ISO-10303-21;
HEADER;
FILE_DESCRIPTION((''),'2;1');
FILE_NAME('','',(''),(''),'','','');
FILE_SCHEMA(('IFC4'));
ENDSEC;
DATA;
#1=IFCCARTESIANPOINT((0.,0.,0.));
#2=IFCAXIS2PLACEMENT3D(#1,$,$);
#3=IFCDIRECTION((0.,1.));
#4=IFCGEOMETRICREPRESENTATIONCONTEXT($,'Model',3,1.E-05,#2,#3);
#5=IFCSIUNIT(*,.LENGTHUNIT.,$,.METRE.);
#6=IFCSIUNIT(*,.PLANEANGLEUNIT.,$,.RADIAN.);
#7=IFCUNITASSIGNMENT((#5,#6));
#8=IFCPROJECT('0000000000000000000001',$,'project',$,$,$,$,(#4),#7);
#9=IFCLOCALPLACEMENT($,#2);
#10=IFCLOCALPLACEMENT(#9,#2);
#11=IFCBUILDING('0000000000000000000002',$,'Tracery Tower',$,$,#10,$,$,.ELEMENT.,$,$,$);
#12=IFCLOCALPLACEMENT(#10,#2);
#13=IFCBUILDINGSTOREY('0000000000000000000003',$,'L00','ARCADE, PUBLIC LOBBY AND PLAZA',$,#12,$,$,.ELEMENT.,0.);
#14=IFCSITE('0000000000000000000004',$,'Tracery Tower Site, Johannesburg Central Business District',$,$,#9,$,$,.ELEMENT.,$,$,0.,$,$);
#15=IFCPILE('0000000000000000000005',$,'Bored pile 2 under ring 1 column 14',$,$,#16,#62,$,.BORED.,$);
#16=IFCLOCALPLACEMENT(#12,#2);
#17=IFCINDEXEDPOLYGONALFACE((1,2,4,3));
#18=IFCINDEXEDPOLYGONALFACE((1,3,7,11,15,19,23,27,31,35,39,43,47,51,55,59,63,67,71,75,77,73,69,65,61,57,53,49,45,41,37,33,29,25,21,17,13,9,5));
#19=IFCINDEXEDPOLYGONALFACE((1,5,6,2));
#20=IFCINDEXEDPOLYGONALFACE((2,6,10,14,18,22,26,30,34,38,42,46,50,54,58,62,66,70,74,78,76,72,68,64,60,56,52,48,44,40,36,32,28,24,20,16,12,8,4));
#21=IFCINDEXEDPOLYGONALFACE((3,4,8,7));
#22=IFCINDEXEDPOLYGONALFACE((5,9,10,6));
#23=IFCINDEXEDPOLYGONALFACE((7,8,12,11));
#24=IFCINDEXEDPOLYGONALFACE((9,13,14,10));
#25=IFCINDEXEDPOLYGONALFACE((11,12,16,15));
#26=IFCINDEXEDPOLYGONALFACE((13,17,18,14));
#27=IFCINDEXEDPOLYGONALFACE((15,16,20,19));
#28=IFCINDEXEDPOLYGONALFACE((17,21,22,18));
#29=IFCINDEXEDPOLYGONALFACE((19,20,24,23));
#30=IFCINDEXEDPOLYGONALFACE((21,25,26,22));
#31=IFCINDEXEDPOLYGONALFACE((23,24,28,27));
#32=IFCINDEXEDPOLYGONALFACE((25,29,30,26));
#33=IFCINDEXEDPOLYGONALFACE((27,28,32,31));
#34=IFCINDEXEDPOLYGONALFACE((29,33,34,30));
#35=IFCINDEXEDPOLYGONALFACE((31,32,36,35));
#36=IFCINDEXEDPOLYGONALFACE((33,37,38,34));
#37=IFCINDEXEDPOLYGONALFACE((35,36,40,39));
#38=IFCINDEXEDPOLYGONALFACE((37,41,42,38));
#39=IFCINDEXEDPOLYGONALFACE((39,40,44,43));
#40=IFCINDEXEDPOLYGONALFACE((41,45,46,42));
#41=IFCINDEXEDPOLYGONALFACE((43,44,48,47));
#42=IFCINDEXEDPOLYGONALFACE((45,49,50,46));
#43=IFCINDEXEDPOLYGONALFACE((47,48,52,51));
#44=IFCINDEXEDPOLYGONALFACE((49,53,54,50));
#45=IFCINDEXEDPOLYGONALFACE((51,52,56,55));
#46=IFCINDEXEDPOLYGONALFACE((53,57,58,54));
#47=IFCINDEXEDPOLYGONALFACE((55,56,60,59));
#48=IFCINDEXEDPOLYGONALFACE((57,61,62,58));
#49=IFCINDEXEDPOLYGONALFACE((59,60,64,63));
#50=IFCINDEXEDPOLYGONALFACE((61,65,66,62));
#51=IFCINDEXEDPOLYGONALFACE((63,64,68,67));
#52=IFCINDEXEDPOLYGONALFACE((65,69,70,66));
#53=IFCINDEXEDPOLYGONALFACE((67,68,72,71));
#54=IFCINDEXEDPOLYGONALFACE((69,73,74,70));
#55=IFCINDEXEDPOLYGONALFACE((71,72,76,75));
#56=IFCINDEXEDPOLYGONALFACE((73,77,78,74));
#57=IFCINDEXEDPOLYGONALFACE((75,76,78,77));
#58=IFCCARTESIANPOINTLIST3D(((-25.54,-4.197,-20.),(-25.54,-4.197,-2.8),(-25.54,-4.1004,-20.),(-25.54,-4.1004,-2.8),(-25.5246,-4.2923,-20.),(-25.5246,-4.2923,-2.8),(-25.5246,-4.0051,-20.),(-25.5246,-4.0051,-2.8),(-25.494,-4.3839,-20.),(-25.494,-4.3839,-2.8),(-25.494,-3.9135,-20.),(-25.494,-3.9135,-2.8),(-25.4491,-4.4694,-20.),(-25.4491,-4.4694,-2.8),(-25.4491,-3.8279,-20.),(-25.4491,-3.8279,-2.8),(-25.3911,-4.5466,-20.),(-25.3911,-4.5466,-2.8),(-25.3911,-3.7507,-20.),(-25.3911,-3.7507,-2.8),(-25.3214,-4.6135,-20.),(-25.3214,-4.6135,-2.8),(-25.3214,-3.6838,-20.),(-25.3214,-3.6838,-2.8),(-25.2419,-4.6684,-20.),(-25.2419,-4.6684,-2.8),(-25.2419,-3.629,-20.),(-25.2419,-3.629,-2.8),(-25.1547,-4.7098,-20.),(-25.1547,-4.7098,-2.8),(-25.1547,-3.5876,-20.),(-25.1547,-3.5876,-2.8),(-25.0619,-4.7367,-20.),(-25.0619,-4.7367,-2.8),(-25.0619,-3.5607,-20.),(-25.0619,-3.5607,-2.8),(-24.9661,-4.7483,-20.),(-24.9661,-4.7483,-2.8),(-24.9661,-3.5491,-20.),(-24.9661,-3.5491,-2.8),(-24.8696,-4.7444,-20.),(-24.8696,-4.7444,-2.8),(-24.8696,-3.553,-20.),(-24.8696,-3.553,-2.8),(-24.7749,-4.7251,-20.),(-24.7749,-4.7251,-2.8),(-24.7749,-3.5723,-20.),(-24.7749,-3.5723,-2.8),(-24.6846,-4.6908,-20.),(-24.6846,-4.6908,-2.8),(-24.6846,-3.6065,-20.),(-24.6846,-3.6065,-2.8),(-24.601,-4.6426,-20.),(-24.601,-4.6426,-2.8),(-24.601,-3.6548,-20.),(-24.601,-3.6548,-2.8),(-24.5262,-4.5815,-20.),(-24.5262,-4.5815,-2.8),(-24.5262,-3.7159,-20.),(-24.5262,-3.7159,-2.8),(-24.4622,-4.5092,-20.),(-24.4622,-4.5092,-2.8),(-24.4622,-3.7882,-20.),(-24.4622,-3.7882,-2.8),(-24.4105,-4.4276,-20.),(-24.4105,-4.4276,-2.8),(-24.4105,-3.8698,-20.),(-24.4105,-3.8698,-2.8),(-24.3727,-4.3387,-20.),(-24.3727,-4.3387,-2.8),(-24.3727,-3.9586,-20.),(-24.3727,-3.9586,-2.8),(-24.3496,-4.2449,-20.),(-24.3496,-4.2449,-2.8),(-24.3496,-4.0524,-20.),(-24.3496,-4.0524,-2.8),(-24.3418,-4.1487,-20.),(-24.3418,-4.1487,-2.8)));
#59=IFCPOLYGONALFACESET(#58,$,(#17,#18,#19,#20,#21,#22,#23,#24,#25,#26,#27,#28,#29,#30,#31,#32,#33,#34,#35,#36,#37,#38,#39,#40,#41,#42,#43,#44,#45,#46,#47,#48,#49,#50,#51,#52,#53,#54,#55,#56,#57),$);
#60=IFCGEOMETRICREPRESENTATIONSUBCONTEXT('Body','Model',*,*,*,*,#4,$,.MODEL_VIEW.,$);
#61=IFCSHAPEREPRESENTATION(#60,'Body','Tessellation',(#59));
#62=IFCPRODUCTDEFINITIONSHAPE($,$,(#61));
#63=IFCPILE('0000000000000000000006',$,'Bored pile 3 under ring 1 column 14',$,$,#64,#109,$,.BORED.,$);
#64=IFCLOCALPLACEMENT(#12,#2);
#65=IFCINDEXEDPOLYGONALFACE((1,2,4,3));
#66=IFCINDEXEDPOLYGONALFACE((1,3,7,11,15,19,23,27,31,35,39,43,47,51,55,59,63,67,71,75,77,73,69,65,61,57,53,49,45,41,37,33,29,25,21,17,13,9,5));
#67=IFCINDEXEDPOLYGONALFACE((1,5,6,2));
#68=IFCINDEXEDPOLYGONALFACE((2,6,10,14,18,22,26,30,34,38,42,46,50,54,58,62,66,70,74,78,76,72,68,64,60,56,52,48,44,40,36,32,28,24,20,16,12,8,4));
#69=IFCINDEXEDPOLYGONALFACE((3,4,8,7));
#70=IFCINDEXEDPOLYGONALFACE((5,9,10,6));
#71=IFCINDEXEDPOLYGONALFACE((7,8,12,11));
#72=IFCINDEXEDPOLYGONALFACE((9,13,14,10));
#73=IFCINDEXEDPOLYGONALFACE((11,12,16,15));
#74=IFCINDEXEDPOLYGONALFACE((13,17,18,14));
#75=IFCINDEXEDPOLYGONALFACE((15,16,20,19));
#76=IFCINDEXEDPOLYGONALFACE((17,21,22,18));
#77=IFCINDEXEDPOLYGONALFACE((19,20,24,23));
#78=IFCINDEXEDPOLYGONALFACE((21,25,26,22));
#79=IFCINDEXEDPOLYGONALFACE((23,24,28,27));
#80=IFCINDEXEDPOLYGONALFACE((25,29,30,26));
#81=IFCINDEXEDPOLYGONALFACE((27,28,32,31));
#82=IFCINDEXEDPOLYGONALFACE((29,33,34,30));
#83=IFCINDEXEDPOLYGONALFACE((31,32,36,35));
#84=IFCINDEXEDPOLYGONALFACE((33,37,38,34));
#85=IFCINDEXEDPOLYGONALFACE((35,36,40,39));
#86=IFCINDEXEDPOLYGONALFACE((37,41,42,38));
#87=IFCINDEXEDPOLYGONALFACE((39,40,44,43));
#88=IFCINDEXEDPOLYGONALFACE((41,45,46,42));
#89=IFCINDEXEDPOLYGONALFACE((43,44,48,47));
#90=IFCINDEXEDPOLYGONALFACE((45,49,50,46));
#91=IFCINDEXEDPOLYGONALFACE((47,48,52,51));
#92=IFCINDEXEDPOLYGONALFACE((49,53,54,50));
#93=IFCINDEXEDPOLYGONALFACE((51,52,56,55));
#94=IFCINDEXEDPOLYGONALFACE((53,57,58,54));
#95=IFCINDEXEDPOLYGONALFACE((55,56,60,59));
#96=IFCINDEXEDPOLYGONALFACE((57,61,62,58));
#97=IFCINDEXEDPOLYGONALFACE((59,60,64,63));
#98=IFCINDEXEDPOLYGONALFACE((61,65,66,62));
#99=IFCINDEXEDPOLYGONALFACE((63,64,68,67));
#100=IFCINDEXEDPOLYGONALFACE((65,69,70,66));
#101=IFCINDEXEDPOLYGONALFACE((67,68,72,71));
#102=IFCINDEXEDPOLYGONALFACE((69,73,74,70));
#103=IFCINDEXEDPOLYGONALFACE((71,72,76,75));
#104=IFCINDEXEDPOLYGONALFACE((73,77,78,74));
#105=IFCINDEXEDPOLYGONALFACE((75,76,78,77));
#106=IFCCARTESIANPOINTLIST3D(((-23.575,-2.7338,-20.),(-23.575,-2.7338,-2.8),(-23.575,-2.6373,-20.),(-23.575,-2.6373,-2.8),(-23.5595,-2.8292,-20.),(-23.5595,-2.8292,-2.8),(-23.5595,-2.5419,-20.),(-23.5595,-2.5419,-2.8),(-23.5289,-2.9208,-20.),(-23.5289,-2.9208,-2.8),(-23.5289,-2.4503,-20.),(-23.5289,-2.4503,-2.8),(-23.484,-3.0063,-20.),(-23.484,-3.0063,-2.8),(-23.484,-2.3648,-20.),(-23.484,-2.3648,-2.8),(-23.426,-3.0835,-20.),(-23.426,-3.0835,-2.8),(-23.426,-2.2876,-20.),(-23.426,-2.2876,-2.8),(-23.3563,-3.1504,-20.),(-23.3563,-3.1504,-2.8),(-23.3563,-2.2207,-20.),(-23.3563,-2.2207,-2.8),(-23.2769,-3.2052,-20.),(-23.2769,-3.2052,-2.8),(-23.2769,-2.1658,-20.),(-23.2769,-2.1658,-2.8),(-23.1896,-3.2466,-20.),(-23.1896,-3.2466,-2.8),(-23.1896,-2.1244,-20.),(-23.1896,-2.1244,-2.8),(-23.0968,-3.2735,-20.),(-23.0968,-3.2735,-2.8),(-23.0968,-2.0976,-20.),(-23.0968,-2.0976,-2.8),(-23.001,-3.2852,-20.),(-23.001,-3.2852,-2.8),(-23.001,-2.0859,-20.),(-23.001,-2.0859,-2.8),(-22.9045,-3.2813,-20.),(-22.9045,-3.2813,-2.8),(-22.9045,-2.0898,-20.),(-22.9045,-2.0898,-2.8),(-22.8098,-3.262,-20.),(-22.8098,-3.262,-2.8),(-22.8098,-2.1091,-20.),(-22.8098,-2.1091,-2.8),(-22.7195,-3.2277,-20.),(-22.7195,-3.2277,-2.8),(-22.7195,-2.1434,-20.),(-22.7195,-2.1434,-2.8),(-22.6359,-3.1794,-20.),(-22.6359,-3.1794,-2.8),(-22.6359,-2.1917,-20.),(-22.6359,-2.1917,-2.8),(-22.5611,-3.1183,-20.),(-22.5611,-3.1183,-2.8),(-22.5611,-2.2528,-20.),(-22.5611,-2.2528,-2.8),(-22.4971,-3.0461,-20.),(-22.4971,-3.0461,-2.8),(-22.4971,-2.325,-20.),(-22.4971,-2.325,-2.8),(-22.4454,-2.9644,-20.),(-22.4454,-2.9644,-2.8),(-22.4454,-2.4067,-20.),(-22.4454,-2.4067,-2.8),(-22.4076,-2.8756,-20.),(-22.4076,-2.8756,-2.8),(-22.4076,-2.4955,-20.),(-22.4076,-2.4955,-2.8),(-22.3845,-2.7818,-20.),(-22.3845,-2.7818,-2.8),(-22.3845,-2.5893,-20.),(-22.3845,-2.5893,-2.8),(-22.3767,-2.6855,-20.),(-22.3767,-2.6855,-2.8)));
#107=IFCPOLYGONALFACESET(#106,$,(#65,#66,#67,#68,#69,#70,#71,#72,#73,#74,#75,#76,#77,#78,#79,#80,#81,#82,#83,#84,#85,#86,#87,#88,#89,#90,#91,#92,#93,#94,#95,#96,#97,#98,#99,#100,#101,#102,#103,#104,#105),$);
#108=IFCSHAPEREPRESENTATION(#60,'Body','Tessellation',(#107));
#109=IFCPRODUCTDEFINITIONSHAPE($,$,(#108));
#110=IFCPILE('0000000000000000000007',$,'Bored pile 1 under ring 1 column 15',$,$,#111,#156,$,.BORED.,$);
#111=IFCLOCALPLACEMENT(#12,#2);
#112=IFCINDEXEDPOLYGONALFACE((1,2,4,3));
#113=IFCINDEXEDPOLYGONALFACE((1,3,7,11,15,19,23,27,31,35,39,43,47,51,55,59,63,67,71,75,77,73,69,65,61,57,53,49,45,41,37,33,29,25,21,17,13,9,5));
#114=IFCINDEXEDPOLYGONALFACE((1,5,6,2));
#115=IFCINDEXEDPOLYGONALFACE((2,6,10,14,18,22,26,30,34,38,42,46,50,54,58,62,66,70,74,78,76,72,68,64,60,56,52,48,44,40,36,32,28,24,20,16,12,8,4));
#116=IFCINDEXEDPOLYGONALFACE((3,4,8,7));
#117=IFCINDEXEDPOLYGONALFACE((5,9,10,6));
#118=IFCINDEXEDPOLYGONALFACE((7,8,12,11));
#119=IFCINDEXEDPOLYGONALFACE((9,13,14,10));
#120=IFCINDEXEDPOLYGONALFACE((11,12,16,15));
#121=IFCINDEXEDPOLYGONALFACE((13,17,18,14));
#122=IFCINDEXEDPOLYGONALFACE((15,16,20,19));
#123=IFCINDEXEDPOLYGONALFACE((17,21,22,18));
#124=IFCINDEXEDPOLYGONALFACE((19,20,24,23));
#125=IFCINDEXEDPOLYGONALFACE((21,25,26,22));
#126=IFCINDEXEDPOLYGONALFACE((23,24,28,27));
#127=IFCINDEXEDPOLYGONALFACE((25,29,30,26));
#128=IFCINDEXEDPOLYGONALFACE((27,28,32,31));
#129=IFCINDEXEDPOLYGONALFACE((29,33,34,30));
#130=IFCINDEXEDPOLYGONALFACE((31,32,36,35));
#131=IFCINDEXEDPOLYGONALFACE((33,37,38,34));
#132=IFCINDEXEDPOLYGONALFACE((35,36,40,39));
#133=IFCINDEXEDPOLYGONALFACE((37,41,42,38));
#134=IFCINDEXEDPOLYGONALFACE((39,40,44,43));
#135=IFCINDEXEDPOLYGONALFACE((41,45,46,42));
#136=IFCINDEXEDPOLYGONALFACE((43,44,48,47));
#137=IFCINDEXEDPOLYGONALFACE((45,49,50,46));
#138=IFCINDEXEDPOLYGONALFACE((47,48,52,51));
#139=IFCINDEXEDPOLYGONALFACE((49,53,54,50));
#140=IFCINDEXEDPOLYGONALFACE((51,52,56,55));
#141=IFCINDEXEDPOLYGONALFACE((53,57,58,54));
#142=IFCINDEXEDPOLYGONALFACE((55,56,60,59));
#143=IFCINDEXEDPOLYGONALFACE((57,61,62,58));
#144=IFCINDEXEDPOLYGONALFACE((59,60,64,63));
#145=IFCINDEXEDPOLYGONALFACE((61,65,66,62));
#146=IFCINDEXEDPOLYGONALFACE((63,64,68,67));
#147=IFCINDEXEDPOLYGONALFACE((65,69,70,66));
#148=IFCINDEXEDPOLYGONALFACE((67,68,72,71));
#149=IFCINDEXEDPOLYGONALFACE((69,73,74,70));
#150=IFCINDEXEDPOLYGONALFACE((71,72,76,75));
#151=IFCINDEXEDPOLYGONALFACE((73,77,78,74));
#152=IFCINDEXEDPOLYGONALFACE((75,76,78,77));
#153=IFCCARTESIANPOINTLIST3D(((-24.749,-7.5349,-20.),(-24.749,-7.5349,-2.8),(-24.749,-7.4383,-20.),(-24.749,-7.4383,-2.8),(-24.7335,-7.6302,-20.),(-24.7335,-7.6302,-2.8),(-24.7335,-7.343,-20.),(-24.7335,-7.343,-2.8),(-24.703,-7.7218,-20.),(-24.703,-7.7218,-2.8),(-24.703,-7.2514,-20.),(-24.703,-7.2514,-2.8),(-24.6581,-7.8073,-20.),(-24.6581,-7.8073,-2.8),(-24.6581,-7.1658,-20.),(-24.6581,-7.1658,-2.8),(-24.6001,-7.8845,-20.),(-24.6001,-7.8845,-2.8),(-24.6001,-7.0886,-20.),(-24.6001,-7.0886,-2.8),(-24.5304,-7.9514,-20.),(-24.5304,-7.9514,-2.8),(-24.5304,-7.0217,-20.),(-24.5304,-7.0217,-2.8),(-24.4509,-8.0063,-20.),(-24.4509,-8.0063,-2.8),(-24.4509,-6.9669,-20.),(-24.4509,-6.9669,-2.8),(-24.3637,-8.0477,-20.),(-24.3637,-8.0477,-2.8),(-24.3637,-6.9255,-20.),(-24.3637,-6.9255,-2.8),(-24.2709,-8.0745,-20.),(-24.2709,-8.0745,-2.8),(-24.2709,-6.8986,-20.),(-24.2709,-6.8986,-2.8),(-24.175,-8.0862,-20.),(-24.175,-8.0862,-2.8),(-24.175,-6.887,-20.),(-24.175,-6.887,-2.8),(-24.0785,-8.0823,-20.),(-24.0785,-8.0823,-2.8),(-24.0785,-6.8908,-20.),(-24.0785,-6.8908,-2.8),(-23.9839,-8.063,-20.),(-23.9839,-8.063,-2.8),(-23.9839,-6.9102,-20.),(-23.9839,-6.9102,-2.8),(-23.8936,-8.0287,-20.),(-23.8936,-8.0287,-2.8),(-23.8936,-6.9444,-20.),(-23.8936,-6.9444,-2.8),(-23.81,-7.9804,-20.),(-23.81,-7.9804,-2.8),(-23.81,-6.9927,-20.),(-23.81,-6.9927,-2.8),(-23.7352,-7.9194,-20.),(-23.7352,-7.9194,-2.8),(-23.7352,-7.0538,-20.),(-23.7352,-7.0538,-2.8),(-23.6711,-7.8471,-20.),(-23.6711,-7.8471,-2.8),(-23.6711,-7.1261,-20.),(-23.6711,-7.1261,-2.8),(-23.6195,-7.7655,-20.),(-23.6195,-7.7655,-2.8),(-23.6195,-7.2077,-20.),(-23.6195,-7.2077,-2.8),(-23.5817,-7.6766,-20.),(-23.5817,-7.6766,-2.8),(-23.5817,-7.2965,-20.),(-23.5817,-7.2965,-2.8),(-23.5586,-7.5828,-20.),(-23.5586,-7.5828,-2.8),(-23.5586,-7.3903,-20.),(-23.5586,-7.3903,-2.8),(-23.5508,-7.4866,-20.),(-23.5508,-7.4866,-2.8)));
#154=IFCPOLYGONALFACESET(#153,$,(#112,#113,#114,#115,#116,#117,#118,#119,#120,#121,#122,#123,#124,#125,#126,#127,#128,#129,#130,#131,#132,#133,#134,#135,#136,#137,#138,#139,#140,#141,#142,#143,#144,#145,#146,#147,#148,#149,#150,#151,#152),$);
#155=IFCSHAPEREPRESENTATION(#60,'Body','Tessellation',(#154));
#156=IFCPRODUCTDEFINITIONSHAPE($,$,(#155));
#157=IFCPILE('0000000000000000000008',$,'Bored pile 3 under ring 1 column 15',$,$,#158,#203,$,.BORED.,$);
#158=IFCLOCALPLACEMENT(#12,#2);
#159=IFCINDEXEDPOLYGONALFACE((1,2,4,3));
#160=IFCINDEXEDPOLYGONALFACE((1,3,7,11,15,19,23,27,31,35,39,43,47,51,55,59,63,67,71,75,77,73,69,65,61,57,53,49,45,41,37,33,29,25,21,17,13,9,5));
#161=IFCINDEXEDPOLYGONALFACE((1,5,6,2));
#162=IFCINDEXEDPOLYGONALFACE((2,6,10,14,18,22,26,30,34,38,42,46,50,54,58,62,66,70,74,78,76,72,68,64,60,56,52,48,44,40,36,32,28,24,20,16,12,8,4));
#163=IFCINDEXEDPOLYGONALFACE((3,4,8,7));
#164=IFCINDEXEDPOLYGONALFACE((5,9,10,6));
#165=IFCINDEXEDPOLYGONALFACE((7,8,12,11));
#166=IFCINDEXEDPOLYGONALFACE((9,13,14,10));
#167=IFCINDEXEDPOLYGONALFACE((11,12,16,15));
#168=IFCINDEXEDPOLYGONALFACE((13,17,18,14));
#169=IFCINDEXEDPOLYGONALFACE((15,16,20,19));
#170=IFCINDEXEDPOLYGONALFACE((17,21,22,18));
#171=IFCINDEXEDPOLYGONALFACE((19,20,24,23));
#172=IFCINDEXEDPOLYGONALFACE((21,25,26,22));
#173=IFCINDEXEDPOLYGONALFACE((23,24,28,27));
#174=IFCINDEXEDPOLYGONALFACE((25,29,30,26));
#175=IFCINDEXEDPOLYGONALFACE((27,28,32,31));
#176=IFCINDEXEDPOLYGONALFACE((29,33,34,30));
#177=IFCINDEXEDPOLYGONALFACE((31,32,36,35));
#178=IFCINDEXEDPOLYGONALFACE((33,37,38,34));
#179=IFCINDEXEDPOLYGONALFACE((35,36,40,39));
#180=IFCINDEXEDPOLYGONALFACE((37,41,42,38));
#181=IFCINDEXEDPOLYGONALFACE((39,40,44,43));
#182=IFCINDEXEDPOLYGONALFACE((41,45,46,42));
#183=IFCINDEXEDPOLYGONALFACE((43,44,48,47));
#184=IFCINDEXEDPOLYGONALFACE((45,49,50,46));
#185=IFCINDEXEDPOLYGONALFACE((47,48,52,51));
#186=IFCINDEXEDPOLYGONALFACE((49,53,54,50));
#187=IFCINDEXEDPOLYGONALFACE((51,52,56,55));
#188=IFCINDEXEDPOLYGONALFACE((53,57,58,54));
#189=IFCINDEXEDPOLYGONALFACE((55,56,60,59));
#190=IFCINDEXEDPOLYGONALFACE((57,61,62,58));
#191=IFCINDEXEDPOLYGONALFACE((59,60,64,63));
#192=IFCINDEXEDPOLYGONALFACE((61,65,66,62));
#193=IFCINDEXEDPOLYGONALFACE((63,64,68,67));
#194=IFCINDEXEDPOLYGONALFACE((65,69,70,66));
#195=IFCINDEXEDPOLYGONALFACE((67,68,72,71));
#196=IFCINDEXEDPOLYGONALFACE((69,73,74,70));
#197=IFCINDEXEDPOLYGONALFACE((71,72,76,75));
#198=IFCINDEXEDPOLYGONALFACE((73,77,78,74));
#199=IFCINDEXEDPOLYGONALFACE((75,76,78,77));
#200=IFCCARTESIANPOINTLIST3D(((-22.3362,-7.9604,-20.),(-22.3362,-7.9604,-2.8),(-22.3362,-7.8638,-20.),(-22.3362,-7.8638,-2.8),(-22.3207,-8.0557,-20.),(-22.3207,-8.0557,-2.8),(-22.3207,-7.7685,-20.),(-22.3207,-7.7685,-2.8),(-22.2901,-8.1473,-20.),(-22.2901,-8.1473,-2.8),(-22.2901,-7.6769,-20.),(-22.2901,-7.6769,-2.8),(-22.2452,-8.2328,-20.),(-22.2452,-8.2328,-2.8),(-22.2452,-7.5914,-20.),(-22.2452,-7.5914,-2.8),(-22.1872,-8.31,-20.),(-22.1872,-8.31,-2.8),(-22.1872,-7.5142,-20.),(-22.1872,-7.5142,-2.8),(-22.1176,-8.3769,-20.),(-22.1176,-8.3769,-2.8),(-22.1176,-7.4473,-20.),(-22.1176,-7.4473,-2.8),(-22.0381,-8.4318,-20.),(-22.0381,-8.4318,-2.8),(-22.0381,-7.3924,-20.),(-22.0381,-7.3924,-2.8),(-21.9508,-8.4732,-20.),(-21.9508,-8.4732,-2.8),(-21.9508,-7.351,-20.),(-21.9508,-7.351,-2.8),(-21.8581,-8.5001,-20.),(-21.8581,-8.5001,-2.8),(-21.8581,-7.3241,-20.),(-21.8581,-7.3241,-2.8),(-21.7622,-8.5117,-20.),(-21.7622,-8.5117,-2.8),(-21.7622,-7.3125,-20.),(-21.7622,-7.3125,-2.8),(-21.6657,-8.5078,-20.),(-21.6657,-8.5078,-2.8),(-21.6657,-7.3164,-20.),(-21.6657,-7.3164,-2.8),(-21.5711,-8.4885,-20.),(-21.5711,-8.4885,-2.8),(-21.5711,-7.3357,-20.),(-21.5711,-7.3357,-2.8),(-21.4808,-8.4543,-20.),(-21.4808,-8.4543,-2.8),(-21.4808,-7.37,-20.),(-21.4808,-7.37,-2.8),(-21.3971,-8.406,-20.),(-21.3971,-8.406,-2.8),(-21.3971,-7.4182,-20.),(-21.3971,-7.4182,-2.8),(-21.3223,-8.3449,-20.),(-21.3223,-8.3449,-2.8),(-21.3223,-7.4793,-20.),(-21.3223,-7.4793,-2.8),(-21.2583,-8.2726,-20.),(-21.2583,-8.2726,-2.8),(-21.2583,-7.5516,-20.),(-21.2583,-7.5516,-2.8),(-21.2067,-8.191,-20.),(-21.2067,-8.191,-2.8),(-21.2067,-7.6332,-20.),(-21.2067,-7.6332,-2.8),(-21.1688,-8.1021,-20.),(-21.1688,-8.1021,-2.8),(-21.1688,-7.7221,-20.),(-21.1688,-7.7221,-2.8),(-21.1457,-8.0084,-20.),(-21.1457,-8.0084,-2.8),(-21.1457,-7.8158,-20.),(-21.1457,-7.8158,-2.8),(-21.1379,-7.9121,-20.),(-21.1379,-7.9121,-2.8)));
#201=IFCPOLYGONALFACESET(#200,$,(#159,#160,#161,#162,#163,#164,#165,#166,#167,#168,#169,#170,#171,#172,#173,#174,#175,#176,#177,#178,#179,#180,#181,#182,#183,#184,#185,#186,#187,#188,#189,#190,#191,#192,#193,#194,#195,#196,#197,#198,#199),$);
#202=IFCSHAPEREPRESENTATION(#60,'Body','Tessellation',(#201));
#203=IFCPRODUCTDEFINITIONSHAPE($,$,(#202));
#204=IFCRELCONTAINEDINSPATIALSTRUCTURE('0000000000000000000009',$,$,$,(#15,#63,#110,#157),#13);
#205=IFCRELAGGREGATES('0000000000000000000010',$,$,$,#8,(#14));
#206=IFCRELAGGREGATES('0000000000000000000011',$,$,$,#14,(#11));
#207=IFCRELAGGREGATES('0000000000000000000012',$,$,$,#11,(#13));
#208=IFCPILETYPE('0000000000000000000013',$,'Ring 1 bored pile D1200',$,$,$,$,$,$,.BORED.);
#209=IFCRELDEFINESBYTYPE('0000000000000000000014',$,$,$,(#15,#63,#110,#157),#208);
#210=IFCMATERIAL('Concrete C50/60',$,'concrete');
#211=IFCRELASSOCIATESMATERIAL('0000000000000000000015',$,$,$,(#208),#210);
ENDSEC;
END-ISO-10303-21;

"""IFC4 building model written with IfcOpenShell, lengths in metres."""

from ifc_helpers import new_model, si_unit, direction, frame, origin, origin_2d, place, context, subcontext, project, spatial, circle, extrude, material, material_profile, profile_set, type_object, element, save


model = new_model("IFC4")

# Units and contexts
model_context = context("Model", 3, precision=1e-05, world=origin(), true_north=direction((0.0, 1.0)))
body_context = subcontext(model_context, "Body", "Model", "MODEL_VIEW")
ifc_project = project(units=[si_unit("LENGTHUNIT", "METRE"), si_unit("PLANEANGLEUNIT", "RADIAN")], contexts=[model_context])

# Site, building, storey
site_placement = place(None, origin())
site = spatial("IfcSite", under=ifc_project, at=site_placement, Name="Tracery Tower Site, Johannesburg Central Business District", CompositionType="ELEMENT", RefElevation=0.0)
building_placement = place(site_placement, origin())
building = spatial("IfcBuilding", under=site, at=building_placement, Name="Tracery Tower", CompositionType="ELEMENT")
storey_placement = place(building_placement, origin())
storey = spatial("IfcBuildingStorey", under=building, at=storey_placement, Name="L00", Description="ARCADE, PUBLIC LOBBY AND PLAZA", CompositionType="ELEMENT", Elevation=0.0)

# Piles
ifc_material_1 = material(Name="Concrete C50/60", Category="concrete")
ifc_material_profile_1 = material_profile(ifc_material_1, circle(Radius=0.6001, at=origin_2d()), Name="RC D1200")
ifc_profile_set_1 = profile_set([ifc_material_profile_1], Name="Concrete C50/60")
pile_type_1 = type_object("IfcPileType", Name="Ring 1 bored pile D1200", PredefinedType="BORED", material=ifc_profile_set_1)
for number, where, z_axis, x_axis, name in (
    (1, (-24.9419, -4.1487, -2.8), (0.0, 0.0, -1.0), (1.0, 0.0, 0.0), "Bored pile 2 under ring 1 column 14"),
    (2, (-22.9768, -2.6855, -2.8), (0.0, 0.0, -1.0), (1.0, 0.0, 0.0), "Bored pile 3 under ring 1 column 14"),
    (3, (-24.1509, -7.4866, -2.8), (0.0, 0.0, -1.0), (1.0, 0.0, 0.0), "Bored pile 1 under ring 1 column 15"),
    (4, (-21.738, -7.9121, -2.8), (0.0, 0.0, -1.0), (1.0, 0.0, 0.0), "Bored pile 3 under ring 1 column 15"),
):
    element("IfcPile", number, at=place(storey_placement, frame(where, z_axis=z_axis, x_axis=x_axis)), inside=storey, type_object=pile_type_1, Name=name, PredefinedType="BORED", context=body_context, shape_type="SweptSolid", body=[
        extrude(circle(Radius=0.6001, at=origin_2d()), origin(), (0.0, 0.0, 1.0), 17.2),
    ])

save(model, "model.ifc")
